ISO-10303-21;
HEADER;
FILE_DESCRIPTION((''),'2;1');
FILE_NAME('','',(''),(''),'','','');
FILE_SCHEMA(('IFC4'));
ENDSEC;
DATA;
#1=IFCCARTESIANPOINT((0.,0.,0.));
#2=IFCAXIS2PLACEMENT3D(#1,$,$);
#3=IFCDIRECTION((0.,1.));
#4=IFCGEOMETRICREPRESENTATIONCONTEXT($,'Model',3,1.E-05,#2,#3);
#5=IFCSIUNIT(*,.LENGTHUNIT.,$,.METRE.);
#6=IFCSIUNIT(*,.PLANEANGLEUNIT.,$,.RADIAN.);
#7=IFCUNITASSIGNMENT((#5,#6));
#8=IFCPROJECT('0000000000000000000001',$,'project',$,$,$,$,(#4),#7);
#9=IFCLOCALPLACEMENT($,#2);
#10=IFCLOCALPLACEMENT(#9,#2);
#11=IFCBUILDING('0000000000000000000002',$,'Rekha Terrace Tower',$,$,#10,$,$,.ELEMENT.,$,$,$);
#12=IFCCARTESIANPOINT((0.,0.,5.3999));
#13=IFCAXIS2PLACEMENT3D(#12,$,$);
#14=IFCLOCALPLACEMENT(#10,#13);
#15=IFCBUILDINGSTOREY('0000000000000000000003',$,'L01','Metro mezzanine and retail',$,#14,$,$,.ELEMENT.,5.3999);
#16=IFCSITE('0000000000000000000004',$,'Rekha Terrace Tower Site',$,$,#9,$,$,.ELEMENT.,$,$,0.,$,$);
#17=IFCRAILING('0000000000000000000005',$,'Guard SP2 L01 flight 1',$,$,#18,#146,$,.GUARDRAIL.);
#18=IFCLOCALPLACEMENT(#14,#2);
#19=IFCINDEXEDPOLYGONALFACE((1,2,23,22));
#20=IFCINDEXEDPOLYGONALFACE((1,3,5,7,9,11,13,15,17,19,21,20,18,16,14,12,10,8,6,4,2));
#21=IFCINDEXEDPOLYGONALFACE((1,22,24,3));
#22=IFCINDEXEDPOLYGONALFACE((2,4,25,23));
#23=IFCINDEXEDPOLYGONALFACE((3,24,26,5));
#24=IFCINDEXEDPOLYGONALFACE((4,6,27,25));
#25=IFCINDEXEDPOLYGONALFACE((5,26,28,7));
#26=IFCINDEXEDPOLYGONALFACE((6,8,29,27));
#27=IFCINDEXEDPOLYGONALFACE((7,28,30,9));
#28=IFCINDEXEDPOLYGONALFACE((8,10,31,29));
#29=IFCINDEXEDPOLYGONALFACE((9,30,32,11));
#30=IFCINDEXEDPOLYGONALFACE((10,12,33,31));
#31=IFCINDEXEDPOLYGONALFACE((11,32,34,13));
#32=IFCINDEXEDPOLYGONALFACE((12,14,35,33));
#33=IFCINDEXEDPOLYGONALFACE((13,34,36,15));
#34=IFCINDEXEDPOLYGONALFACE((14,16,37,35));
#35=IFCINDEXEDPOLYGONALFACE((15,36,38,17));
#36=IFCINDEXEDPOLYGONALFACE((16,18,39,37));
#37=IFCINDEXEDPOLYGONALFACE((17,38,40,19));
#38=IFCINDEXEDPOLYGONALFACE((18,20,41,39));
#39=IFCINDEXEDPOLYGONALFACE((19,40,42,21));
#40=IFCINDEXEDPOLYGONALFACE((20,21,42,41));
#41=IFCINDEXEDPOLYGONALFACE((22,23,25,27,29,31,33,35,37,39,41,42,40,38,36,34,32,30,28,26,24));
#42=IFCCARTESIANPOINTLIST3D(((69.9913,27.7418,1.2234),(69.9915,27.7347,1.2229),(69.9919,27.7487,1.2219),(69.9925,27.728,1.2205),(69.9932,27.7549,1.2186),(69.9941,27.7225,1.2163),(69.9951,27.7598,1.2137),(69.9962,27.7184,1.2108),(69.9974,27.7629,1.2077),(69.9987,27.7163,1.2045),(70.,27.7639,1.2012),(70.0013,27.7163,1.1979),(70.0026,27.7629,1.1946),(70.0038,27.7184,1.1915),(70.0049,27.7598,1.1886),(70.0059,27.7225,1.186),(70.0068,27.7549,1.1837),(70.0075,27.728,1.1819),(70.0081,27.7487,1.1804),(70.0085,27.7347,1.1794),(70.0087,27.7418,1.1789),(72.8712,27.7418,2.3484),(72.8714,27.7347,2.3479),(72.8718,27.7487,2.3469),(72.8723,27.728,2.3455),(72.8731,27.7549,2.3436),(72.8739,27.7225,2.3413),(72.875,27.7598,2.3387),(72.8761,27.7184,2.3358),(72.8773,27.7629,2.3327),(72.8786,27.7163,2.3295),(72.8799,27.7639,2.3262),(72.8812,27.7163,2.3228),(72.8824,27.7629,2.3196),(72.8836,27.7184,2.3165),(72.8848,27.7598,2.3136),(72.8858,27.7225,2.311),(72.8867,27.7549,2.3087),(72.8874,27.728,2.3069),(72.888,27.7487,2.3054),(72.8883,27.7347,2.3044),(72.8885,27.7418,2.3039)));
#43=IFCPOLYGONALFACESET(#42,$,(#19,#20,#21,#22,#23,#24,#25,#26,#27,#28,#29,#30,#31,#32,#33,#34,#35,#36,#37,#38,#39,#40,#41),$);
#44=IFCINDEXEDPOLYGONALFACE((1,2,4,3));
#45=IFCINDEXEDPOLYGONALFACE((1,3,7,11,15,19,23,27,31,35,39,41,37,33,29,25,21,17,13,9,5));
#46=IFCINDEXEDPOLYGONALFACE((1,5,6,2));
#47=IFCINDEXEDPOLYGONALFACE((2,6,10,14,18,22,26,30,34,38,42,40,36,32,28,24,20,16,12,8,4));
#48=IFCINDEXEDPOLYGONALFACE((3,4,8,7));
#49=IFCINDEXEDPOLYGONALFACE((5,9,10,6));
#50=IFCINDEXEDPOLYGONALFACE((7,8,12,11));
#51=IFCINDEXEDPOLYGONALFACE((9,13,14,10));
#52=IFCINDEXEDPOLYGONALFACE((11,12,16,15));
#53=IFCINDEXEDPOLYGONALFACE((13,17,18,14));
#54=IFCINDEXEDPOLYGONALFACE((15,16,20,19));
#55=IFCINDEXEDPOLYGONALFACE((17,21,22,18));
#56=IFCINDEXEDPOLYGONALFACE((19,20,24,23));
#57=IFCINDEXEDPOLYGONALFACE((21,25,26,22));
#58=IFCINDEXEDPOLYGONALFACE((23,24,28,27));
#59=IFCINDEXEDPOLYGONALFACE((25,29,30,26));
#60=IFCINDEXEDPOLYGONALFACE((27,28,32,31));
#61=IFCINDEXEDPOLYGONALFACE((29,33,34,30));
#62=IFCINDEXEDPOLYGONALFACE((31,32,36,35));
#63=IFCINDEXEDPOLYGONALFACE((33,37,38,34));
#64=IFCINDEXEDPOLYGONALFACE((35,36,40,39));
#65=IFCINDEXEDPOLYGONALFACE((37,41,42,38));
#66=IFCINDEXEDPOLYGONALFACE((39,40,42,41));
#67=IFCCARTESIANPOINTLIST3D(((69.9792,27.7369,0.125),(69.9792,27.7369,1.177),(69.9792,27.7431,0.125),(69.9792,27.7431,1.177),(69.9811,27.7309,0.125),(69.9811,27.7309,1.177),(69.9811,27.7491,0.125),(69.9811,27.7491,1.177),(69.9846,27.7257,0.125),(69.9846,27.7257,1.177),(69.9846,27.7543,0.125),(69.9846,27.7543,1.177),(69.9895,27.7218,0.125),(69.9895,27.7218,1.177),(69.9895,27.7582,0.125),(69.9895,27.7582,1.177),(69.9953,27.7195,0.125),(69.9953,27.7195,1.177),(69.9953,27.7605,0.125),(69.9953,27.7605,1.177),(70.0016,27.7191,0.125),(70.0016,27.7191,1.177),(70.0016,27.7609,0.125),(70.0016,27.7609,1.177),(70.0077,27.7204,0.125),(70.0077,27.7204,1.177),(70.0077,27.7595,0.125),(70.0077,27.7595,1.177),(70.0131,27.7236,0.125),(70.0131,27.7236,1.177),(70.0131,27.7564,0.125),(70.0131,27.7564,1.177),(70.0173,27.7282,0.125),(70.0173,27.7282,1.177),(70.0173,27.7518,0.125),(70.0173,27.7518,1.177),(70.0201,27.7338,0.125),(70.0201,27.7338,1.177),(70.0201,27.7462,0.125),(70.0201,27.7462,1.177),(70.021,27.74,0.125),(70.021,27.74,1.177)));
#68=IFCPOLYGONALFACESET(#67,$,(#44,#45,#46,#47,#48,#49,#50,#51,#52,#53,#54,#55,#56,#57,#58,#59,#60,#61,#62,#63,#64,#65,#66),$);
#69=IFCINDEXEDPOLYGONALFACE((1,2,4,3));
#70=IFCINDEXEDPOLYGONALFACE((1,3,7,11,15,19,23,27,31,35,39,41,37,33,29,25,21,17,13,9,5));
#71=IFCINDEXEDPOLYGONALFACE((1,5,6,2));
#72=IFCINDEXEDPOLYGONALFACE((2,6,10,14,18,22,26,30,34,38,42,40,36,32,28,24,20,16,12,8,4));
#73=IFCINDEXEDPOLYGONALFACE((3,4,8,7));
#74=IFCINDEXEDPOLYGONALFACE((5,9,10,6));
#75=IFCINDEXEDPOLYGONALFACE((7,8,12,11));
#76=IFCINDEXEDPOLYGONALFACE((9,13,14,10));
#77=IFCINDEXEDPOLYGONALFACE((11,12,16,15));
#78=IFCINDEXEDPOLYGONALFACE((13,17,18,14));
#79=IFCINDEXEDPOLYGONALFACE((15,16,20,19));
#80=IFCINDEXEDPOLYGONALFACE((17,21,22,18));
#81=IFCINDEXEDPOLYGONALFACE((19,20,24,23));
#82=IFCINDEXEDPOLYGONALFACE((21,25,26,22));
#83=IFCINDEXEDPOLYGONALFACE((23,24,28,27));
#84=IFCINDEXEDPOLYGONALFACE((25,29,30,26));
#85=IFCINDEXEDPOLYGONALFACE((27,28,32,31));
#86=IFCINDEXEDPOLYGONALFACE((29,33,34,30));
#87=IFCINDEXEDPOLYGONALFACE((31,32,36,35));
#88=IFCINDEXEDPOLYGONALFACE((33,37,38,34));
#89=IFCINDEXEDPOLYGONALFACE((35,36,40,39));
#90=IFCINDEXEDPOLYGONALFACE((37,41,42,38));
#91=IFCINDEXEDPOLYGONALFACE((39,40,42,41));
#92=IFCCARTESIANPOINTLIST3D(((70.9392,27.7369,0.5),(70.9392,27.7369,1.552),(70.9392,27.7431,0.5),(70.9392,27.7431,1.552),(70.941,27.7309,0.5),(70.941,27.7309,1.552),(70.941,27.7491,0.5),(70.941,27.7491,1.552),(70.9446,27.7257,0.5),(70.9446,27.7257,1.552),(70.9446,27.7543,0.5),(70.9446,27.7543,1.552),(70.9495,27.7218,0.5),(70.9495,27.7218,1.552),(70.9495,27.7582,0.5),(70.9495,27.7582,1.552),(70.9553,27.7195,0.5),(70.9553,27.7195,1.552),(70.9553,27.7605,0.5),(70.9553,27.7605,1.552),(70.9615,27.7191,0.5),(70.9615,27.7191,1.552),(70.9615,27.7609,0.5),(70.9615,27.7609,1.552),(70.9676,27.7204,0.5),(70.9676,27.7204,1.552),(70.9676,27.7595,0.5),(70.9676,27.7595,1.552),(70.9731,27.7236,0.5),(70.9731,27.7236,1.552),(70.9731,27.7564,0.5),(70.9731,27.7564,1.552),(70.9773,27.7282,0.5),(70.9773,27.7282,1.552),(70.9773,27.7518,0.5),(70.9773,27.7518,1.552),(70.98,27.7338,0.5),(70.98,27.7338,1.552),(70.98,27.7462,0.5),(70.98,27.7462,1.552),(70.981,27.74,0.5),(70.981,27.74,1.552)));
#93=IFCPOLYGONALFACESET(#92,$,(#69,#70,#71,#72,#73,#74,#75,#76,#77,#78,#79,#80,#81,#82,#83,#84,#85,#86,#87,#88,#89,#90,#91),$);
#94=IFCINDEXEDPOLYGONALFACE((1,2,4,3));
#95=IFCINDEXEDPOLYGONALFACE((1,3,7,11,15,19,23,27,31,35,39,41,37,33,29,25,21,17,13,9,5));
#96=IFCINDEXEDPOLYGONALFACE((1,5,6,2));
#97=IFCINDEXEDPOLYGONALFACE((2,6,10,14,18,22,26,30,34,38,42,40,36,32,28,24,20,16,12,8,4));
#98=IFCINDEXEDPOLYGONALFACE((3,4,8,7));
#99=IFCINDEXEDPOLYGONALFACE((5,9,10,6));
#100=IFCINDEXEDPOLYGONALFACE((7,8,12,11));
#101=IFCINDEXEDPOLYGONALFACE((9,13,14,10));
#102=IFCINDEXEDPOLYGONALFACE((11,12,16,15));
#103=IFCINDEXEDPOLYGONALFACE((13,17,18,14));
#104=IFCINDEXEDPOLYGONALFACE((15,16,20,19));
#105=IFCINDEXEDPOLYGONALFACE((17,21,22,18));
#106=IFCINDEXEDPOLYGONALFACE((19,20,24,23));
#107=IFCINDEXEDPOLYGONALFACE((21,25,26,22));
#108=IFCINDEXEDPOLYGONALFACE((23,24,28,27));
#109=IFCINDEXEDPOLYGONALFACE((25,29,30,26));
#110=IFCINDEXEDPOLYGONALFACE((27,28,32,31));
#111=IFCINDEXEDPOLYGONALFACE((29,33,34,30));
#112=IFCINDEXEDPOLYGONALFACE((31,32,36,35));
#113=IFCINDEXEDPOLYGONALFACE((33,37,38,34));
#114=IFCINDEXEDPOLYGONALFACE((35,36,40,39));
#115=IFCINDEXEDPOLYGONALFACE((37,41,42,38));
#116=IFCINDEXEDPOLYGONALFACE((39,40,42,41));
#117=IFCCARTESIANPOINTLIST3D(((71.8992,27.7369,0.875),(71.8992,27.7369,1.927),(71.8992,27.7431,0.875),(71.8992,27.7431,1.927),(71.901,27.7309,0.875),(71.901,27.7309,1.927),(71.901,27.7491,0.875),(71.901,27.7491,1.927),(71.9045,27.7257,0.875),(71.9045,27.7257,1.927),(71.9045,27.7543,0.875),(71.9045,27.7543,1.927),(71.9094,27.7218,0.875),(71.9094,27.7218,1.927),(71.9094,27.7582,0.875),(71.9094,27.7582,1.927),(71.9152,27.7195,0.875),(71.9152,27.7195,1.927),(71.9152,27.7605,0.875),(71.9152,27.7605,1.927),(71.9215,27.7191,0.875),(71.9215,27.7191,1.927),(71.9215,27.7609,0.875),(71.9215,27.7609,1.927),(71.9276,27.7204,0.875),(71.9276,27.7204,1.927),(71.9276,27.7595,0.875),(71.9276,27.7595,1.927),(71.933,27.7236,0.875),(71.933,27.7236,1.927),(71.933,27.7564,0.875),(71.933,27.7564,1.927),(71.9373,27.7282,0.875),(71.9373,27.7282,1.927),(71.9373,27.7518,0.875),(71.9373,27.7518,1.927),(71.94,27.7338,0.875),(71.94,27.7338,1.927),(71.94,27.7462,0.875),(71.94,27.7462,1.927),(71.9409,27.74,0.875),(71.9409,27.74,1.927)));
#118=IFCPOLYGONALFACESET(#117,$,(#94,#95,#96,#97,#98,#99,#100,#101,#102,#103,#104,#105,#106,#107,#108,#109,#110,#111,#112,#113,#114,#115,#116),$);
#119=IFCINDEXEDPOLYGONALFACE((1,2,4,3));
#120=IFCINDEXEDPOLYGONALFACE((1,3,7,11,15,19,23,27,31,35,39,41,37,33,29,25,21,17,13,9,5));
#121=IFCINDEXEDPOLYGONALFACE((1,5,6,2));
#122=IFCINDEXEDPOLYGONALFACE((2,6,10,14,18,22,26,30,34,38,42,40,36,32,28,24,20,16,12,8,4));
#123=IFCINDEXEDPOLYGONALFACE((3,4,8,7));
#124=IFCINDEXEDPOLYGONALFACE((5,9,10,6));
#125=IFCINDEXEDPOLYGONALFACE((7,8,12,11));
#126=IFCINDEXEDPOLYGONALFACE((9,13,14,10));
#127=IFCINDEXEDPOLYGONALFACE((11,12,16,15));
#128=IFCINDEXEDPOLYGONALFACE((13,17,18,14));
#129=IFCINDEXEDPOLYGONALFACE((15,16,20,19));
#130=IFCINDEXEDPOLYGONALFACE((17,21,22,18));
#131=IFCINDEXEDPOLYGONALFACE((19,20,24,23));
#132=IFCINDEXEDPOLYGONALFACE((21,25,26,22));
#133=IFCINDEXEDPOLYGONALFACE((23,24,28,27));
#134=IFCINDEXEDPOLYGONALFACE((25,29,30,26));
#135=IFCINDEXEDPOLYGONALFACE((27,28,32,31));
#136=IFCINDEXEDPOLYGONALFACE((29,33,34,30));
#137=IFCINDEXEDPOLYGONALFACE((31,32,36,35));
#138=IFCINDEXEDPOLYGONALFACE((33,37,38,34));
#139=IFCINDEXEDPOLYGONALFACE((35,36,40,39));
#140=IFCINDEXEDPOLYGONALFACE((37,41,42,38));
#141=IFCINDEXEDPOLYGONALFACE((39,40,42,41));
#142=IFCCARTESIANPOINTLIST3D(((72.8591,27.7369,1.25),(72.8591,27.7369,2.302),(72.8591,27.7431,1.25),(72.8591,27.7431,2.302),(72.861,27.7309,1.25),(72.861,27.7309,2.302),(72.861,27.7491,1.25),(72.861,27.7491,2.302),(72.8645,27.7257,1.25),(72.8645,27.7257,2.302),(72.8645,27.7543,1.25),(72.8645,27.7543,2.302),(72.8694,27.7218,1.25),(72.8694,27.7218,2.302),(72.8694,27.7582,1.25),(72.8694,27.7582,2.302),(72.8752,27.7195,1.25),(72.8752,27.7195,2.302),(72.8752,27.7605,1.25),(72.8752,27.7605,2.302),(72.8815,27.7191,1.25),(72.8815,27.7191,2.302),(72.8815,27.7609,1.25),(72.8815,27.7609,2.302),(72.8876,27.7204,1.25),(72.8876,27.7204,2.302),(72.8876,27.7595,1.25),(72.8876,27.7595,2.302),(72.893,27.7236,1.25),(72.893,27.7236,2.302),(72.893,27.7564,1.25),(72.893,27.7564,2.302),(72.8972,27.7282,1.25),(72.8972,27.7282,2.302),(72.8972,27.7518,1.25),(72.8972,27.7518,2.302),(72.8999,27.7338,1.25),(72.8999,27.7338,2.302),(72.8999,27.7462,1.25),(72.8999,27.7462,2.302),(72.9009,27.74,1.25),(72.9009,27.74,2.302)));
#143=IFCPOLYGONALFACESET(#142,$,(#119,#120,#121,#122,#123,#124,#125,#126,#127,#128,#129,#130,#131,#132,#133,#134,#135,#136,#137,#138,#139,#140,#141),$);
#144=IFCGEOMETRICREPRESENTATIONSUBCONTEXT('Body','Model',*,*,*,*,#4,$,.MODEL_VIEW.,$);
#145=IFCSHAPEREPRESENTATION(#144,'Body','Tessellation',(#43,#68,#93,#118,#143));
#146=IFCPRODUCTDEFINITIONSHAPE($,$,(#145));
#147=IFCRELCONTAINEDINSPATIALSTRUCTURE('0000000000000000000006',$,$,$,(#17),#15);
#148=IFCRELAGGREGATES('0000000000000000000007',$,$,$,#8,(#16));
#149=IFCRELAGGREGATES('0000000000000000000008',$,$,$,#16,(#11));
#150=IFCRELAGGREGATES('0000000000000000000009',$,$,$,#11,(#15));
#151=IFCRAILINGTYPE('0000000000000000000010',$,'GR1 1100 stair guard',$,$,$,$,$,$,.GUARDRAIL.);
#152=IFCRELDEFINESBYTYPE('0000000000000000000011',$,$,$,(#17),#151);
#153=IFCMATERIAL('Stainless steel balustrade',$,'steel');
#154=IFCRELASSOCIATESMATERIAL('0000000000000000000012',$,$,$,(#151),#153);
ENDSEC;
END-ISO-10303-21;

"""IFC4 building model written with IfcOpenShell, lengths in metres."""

from ifc_helpers import new_model, si_unit, direction, frame, origin, origin_2d, place, context, subcontext, project, spatial, circle, extrude, material, type_object, element, save


model = new_model("IFC4")

# Units and contexts
model_context = context("Model", 3, precision=1e-05, world=origin(), true_north=direction((0.0, 1.0)))
body_context = subcontext(model_context, "Body", "Model", "MODEL_VIEW")
ifc_project = project(units=[si_unit("LENGTHUNIT", "METRE"), si_unit("PLANEANGLEUNIT", "RADIAN")], contexts=[model_context])

# Site, building, storey
site_placement = place(None, origin())
site = spatial("IfcSite", under=ifc_project, at=site_placement, Name="Rekha Terrace Tower Site", CompositionType="ELEMENT", RefElevation=0.0)
building_placement = place(site_placement, origin())
building = spatial("IfcBuilding", under=site, at=building_placement, Name="Rekha Terrace Tower", CompositionType="ELEMENT")
storey_placement = place(building_placement, frame((0.0, 0.0, 5.3999)))
storey = spatial("IfcBuildingStorey", under=building, at=storey_placement, Name="L01", Description="Metro mezzanine and retail", CompositionType="ELEMENT", Elevation=5.3999)

# Railing
ifc_material_1 = material(Name="Stainless steel balustrade", Category="steel")
railing_type_1 = type_object("IfcRailingType", Name="GR1 1100 stair guard", PredefinedType="GUARDRAIL", material=ifc_material_1)
railing_1_placement = place(storey_placement, frame((70.0, 27.74, 0.125)))
element("IfcRailing", 1, at=railing_1_placement, inside=storey, type_object=railing_type_1, Name="Guard SP2 L01 flight 1", PredefinedType="GUARDRAIL", context=body_context, shape_type="SweptSolid", body=[
    extrude(circle(Radius=0.0239, at=origin_2d()), frame((0.0, 0.0, 1.0762), z_axis=(0.931452, 0.0, 0.363863), x_axis=(0.0, 1.0, 0.0)), (0.0, 0.0, 1.0), 3.0918),
    extrude(circle(Radius=0.021, at=origin_2d()), origin(), (0.0, 0.0, 1.0), 1.052),
    extrude(circle(Radius=0.021, at=origin_2d()), frame((0.96, 0.0, 0.375)), (0.0, 0.0, 1.0), 1.052),
    extrude(circle(Radius=0.021, at=origin_2d()), frame((1.9199, 0.0, 0.75)), (0.0, 0.0, 1.0), 1.052),
    extrude(circle(Radius=0.021, at=origin_2d()), frame((2.8799, 0.0, 1.125)), (0.0, 0.0, 1.0), 1.052),
])

save(model, "model.ifc")
